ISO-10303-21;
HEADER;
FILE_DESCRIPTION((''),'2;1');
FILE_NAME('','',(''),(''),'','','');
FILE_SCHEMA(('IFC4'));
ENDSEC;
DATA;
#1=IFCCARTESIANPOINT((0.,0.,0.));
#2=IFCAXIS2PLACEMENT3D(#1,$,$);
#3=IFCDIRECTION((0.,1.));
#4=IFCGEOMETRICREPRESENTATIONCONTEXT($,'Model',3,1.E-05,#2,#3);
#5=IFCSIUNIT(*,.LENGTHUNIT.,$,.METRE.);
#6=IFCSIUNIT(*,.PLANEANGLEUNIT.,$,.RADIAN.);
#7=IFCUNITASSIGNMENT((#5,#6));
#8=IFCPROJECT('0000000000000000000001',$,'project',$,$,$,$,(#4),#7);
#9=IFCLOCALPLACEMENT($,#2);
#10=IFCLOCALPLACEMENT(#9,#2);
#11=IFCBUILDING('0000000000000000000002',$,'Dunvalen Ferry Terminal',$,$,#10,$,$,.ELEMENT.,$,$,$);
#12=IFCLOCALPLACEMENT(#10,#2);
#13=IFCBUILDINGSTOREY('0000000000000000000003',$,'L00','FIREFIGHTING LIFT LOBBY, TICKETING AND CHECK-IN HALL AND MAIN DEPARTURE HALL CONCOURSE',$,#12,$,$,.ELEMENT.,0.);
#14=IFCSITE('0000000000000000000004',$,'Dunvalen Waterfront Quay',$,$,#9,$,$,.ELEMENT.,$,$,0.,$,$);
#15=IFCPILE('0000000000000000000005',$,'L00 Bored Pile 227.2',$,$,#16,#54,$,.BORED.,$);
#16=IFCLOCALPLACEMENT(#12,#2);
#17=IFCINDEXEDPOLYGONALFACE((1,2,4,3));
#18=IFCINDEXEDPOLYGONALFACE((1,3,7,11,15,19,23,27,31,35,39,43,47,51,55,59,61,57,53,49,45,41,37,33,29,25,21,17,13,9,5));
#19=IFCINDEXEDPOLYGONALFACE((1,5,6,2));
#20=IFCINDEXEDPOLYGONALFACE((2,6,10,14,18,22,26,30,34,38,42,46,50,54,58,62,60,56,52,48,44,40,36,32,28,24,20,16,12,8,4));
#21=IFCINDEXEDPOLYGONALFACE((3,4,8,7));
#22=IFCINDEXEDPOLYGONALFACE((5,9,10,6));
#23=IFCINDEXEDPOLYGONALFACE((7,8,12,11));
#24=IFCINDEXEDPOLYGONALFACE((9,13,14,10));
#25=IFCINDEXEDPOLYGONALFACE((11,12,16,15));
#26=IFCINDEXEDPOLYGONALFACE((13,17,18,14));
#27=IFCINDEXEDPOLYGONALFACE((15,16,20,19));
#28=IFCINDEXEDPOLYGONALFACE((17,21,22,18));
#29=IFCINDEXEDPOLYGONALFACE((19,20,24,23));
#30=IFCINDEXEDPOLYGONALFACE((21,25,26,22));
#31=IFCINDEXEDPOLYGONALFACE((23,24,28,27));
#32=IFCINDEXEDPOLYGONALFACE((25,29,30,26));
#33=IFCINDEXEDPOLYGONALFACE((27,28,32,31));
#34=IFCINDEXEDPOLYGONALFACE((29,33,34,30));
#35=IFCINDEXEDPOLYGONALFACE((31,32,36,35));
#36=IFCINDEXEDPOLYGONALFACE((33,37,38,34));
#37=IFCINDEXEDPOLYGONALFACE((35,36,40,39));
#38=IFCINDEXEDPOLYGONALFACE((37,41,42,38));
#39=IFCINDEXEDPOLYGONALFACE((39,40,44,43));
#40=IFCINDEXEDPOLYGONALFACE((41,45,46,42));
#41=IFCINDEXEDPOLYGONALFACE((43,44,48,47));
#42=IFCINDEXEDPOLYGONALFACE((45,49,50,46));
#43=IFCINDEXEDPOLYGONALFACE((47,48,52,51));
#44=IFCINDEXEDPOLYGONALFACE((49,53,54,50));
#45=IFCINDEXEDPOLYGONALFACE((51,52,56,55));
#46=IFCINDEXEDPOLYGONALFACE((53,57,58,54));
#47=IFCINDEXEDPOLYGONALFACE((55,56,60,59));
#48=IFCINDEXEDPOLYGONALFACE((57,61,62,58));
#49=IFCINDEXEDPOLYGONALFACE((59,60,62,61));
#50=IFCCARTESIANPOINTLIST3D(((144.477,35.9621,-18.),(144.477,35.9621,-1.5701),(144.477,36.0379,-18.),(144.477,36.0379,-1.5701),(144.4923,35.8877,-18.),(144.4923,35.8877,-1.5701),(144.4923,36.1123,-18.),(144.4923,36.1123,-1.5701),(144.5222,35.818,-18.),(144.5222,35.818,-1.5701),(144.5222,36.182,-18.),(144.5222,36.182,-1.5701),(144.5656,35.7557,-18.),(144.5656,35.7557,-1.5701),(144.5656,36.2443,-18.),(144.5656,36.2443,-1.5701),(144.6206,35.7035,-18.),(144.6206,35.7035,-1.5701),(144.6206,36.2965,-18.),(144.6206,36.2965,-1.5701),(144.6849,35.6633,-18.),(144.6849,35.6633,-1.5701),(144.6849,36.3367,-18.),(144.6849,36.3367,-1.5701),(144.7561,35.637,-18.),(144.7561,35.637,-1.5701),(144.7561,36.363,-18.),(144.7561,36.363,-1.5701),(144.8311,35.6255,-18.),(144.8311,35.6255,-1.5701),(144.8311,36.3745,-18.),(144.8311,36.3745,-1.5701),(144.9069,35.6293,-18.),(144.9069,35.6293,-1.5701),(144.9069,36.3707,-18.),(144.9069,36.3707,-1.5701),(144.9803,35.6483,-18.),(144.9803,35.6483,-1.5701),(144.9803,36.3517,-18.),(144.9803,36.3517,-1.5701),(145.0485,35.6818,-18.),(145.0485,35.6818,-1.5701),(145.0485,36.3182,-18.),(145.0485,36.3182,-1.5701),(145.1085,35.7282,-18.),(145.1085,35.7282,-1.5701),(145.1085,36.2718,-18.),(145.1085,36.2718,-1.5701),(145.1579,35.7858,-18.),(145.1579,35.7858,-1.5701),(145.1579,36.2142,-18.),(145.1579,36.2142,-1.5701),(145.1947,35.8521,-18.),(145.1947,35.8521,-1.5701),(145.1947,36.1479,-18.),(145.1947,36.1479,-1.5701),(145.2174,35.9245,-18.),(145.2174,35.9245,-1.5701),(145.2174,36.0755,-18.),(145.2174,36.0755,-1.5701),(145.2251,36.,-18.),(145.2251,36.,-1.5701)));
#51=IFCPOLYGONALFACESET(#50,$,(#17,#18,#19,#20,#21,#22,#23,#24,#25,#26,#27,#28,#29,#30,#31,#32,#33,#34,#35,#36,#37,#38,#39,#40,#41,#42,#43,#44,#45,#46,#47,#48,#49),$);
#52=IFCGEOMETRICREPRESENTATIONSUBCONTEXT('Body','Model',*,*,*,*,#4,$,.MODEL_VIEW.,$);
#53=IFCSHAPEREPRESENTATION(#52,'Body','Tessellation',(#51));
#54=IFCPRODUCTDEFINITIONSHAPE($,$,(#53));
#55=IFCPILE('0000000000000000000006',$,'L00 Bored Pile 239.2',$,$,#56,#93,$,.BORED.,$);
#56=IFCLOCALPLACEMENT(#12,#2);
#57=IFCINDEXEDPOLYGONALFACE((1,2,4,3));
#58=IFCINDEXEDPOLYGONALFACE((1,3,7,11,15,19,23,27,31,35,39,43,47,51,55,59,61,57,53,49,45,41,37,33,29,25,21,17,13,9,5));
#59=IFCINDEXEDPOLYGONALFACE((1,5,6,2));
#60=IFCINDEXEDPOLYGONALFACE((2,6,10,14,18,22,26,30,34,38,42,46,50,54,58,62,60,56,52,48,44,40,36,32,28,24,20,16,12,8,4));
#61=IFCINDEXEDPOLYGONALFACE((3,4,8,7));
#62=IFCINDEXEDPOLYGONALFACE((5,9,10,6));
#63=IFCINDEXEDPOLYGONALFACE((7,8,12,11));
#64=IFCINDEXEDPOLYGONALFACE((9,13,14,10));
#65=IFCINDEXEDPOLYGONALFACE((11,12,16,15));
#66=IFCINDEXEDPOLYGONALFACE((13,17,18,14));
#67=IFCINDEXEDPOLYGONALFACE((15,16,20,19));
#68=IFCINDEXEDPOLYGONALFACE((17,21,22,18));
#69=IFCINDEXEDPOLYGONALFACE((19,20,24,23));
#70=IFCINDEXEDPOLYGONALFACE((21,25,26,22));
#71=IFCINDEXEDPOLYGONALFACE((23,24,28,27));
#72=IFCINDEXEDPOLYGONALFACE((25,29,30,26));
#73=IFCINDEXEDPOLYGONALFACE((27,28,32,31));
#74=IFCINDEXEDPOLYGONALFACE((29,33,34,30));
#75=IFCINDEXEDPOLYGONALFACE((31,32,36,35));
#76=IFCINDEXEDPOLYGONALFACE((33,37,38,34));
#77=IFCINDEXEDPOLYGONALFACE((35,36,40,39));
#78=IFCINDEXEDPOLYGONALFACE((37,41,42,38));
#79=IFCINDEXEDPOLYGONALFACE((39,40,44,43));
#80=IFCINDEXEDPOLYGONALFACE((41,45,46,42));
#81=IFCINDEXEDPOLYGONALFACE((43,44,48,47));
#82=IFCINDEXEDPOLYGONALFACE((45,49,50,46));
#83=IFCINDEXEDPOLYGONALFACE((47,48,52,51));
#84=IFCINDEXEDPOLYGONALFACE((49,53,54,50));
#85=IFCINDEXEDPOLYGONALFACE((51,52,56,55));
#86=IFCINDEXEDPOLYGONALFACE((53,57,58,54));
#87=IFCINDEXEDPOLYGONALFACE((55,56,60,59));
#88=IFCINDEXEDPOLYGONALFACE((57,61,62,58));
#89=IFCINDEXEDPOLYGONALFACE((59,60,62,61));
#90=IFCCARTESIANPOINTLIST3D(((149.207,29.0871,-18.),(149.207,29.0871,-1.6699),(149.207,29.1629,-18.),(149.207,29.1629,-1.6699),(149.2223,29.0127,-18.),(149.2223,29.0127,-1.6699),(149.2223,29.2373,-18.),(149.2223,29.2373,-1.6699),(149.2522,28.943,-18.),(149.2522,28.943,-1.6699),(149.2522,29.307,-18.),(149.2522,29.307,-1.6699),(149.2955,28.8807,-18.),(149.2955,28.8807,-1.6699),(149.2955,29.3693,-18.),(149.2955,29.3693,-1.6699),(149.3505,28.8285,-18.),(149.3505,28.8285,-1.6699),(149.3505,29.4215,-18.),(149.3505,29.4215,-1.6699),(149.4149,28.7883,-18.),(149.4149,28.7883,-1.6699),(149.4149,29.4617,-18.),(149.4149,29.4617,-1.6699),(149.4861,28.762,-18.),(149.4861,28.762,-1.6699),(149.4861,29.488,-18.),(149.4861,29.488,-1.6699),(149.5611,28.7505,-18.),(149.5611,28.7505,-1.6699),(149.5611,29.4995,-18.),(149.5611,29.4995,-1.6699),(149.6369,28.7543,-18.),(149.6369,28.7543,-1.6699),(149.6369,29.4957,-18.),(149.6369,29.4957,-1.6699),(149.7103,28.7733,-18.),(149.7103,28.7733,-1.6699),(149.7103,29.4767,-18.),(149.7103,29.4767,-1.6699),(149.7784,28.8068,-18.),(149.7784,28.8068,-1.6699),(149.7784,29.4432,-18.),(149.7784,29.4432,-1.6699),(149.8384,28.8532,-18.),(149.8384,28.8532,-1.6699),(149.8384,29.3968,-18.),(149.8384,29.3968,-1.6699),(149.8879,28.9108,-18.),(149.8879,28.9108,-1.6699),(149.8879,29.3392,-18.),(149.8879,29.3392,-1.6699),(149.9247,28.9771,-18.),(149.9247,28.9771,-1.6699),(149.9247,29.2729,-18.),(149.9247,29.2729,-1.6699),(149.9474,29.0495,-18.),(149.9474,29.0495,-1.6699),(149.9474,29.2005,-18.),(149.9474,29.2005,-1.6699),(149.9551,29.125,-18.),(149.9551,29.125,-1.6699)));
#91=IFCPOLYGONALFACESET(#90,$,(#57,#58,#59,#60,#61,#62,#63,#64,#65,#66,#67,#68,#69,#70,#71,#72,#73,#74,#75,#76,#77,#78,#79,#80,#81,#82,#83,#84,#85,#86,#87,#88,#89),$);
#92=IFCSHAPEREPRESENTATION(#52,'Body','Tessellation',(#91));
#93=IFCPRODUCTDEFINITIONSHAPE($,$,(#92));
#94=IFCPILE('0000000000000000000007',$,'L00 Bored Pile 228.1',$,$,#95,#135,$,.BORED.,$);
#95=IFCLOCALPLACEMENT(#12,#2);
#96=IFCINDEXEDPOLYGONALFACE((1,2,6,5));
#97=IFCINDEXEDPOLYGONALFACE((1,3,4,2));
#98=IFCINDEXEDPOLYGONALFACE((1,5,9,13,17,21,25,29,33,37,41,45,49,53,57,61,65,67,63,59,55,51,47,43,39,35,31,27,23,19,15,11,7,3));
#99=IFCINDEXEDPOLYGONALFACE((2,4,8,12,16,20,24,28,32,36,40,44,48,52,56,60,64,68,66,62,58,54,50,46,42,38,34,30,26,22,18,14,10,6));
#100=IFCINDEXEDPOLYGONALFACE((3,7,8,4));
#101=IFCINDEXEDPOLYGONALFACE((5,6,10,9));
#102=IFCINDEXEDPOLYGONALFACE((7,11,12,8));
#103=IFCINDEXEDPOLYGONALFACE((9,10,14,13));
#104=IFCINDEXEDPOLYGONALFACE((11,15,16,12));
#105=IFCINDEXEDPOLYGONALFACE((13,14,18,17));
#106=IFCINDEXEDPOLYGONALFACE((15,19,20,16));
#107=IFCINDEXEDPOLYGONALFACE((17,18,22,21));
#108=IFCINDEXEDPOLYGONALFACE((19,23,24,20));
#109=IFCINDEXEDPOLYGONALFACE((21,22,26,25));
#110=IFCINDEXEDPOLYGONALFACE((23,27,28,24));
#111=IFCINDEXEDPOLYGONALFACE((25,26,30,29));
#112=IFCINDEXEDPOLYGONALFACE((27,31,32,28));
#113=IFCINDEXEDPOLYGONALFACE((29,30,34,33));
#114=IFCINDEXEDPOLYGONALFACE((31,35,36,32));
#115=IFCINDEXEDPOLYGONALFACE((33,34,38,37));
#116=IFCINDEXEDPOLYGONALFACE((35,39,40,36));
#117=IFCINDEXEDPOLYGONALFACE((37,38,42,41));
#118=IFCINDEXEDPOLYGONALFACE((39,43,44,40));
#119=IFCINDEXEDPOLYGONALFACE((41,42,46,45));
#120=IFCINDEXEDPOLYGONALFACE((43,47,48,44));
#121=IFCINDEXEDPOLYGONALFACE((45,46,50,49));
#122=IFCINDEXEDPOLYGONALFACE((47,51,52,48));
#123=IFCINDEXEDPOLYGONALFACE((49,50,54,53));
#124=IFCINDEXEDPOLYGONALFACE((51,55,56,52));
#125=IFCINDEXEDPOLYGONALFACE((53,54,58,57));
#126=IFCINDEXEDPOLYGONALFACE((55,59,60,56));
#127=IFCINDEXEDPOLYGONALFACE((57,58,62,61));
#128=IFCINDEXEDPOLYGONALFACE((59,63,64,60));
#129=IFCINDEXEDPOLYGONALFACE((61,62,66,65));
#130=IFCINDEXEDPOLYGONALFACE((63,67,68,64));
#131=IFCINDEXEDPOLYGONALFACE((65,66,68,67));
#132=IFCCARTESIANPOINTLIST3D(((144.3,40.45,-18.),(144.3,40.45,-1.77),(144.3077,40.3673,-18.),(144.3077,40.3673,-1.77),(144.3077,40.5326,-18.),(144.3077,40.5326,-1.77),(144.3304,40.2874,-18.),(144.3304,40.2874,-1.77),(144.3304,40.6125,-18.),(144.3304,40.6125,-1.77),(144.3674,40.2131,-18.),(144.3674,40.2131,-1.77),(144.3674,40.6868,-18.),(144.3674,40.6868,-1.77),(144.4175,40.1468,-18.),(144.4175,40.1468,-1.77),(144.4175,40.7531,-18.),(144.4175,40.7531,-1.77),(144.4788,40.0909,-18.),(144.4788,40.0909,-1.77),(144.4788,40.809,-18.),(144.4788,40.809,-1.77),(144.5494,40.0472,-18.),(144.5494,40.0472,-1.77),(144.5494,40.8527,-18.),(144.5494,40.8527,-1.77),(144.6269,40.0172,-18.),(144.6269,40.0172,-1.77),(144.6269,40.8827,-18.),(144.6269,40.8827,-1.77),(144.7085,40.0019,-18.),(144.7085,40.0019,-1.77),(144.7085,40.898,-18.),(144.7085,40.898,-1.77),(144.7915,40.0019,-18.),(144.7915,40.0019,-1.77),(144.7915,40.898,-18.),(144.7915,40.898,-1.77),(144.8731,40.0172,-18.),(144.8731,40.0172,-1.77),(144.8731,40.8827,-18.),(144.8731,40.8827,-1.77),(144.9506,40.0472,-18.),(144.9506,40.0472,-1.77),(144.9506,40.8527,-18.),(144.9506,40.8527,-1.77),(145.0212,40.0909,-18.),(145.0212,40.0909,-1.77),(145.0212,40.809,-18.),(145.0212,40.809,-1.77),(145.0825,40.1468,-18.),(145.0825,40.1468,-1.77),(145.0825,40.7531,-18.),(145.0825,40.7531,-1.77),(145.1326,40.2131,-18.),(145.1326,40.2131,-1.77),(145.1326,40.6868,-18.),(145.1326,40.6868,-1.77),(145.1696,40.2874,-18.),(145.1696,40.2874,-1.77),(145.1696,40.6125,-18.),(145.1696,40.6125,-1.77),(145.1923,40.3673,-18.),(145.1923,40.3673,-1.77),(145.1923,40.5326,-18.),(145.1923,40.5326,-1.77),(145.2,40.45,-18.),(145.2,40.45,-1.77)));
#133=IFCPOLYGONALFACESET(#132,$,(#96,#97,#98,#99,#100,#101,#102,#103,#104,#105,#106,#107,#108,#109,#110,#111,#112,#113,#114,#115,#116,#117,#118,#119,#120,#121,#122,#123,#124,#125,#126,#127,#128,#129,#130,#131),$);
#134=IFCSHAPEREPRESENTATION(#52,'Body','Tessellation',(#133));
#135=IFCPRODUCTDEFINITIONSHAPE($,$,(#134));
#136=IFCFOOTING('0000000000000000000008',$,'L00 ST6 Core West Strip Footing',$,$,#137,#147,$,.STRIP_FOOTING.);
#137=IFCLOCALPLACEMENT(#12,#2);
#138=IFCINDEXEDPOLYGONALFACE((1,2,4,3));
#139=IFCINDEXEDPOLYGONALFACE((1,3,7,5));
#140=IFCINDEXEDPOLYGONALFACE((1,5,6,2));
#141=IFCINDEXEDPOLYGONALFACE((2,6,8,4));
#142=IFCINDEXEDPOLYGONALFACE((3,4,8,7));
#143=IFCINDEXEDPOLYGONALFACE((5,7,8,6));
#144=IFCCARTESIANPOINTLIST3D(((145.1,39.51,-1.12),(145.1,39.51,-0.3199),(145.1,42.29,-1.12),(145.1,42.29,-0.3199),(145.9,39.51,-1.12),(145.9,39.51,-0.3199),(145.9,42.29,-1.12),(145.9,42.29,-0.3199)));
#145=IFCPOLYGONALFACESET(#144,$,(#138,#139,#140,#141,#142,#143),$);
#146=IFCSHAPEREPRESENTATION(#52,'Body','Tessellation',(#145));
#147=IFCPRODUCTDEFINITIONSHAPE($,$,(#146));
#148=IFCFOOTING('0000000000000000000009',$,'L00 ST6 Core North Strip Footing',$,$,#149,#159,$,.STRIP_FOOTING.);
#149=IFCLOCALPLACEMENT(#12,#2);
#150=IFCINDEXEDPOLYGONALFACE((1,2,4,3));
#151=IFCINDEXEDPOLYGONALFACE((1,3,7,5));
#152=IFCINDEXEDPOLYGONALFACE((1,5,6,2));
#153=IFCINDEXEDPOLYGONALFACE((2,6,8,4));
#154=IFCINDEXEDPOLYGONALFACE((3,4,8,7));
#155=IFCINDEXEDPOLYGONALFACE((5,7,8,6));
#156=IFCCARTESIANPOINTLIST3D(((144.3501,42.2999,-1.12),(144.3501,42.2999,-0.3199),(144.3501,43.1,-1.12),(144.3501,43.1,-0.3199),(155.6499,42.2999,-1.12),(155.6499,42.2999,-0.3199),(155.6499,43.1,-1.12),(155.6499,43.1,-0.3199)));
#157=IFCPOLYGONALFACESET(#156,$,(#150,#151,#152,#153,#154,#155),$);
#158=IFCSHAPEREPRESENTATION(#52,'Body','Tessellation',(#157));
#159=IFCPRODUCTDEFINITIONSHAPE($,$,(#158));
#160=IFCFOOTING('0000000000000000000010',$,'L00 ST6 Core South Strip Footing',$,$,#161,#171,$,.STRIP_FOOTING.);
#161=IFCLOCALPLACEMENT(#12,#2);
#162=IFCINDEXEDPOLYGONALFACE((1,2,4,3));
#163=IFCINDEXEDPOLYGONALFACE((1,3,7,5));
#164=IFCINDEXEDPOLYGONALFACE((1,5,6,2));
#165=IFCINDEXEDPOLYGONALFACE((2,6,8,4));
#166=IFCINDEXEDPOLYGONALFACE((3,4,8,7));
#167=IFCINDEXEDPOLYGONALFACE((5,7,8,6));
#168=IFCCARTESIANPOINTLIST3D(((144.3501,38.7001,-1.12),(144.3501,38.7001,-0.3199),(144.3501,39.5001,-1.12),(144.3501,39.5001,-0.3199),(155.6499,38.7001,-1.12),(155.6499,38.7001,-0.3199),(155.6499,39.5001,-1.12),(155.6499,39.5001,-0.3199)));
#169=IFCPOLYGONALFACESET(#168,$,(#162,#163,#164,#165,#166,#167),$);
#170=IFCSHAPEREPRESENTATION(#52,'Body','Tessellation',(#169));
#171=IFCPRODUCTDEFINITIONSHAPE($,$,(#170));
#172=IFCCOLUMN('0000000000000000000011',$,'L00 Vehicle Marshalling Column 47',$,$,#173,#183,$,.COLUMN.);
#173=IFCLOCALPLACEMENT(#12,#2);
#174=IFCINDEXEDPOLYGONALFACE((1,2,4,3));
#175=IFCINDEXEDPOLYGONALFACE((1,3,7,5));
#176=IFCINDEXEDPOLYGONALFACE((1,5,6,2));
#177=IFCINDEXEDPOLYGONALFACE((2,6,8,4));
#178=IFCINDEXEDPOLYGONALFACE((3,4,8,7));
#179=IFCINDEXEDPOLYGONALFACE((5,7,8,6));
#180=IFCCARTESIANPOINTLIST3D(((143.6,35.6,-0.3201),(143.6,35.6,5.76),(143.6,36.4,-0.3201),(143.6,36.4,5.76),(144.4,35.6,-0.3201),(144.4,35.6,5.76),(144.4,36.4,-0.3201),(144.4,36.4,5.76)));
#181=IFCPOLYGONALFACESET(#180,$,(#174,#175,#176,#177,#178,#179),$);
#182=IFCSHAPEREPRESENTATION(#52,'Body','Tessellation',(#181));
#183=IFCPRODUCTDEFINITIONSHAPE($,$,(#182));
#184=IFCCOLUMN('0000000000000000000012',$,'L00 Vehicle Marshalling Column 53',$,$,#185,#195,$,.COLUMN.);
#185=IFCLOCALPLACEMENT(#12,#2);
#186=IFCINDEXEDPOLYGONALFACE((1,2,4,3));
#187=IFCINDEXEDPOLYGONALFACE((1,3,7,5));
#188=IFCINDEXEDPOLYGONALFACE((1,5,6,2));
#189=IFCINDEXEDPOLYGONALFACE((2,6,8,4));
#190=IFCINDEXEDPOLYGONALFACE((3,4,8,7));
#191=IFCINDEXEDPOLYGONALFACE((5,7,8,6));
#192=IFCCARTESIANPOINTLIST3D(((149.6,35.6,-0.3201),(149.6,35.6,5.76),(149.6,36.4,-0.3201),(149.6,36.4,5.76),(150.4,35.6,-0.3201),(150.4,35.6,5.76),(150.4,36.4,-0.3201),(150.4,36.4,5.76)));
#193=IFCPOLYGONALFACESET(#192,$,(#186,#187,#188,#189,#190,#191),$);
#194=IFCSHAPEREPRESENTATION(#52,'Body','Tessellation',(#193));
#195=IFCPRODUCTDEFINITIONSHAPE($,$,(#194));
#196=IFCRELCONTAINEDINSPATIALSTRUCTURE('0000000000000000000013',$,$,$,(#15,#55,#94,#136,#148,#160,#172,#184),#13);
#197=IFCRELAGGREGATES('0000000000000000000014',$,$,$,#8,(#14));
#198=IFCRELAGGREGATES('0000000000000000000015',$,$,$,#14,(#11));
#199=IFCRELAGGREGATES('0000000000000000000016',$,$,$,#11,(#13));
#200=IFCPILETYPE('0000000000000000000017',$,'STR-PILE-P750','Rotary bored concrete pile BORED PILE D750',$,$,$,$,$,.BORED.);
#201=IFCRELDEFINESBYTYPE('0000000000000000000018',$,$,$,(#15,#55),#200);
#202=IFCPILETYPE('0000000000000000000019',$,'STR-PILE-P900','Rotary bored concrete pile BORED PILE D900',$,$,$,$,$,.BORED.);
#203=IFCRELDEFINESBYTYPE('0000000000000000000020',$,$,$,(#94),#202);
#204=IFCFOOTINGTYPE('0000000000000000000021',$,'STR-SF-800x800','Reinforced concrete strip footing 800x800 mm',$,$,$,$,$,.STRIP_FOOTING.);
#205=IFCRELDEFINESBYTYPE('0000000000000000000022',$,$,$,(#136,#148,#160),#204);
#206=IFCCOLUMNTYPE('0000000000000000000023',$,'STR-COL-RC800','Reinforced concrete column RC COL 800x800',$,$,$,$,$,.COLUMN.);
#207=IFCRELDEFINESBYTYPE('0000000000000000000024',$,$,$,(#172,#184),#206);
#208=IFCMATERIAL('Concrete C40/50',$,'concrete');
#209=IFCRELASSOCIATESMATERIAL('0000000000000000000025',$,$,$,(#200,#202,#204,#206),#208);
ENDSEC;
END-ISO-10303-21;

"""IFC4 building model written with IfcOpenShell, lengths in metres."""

from ifc_helpers import new_model, si_unit, direction, frame, origin, origin_2d, place, context, subcontext, project, spatial, rectangle, circle, extrude, material, material_profile, profile_set, type_object, element, save


model = new_model("IFC4")

# Units and contexts
model_context = context("Model", 3, precision=1e-05, world=origin(), true_north=direction((0.0, 1.0)))
body_context = subcontext(model_context, "Body", "Model", "MODEL_VIEW")
ifc_project = project(units=[si_unit("LENGTHUNIT", "METRE"), si_unit("PLANEANGLEUNIT", "RADIAN")], contexts=[model_context])

# Site, building, storey
site_placement = place(None, origin())
site = spatial("IfcSite", under=ifc_project, at=site_placement, Name="Dunvalen Waterfront Quay", CompositionType="ELEMENT", RefElevation=0.0)
building_placement = place(site_placement, origin())
building = spatial("IfcBuilding", under=site, at=building_placement, Name="Dunvalen Ferry Terminal", CompositionType="ELEMENT")
storey_placement = place(building_placement, origin())
storey = spatial("IfcBuildingStorey", under=building, at=storey_placement, Name="L00", Description="FIREFIGHTING LIFT LOBBY, TICKETING AND CHECK-IN HALL AND MAIN DEPARTURE HALL CONCOURSE", CompositionType="ELEMENT", Elevation=0.0)

# Shared definitions
ifc_material_1 = material(Name="Concrete C40/50", Category="concrete")

# Piles
ifc_material_profile_1 = material_profile(ifc_material_1, circle(Radius=0.375, at=origin_2d()), Name="Concrete C40/50")
ifc_profile_set_1 = profile_set([ifc_material_profile_1], Name="Concrete C40/50")
pile_type_1 = type_object("IfcPileType", Name="STR-PILE-P750", Description="Rotary bored concrete pile BORED PILE D750", PredefinedType="BORED", material=ifc_profile_set_1)
for number, where, z_axis, x_axis, name in (
    (1, (144.8501, 36.0, -1.5701), (0.0, 0.0, -1.0), (1.0, 0.0, 0.0), "L00 Bored Pile 227.2"),
):
    element("IfcPile", number, at=place(storey_placement, frame(where, z_axis=z_axis, x_axis=x_axis)), inside=storey, type_object=pile_type_1, Name=name, PredefinedType="BORED", context=body_context, shape_type="SweptSolid", body=[
        extrude(circle(Radius=0.375, at=origin_2d()), origin(), (0.0, 0.0, 1.0), 16.4299),
    ])
pile_1_placement = place(storey_placement, frame((149.5801, 29.125, -1.6699), z_axis=(0.0, 0.0, -1.0), x_axis=(1.0, 0.0, 0.0)))
element("IfcPile", 2, at=pile_1_placement, inside=storey, type_object=pile_type_1, Name="L00 Bored Pile 239.2", PredefinedType="BORED", context=body_context, shape_type="SweptSolid", body=[
    extrude(circle(Radius=0.375, at=origin_2d()), origin(), (0.0, 0.0, 1.0), 16.3301),
])
ifc_material_profile_2 = material_profile(ifc_material_1, circle(Radius=0.45, at=origin_2d()), Name="Concrete C40/50")
ifc_profile_set_2 = profile_set([ifc_material_profile_2], Name="Concrete C40/50")
pile_type_2 = type_object("IfcPileType", Name="STR-PILE-P900", Description="Rotary bored concrete pile BORED PILE D900", PredefinedType="BORED", material=ifc_profile_set_2)
pile_2_placement = place(storey_placement, frame((144.75, 40.45, -1.77), z_axis=(0.0, 0.0, -1.0), x_axis=(1.0, 0.0, 0.0)))
element("IfcPile", 3, at=pile_2_placement, inside=storey, type_object=pile_type_2, Name="L00 Bored Pile 228.1", PredefinedType="BORED", context=body_context, shape_type="SweptSolid", body=[
    extrude(circle(Radius=0.45, at=origin_2d()), origin(), (0.0, 0.0, 1.0), 16.23),
])

# Footings
ifc_material_profile_3 = material_profile(ifc_material_1, rectangle(XDim=0.8, YDim=0.8, at=origin_2d()), Name="Concrete C40/50")
ifc_profile_set_3 = profile_set([ifc_material_profile_3], Name="Concrete C40/50")
footing_type_1 = type_object("IfcFootingType", Name="STR-SF-800x800", Description="Reinforced concrete strip footing 800x800 mm", PredefinedType="STRIP_FOOTING", material=ifc_profile_set_3)
footing_1_placement = place(storey_placement, frame((145.5, 39.51, -0.72), z_axis=(0.0, 1.0, 0.0), x_axis=(-1.0, 0.0, 0.0)))
element("IfcFooting", 4, at=footing_1_placement, inside=storey, type_object=footing_type_1, Name="L00 ST6 Core West Strip Footing", PredefinedType="STRIP_FOOTING", context=body_context, shape_type="SweptSolid", body=[
    extrude(rectangle(XDim=0.8, YDim=0.8, at=origin_2d()), origin(), (0.0, 0.0, 1.0), 2.78),
])
for number, where, z_axis, x_axis, name in (
    (5, (144.3501, 42.7, -0.72), (1.0, 0.0, 0.0), (0.0, 1.0, 0.0), "L00 ST6 Core North Strip Footing"),
    (6, (144.3501, 39.1001, -0.72), (1.0, 0.0, 0.0), (0.0, 1.0, 0.0), "L00 ST6 Core South Strip Footing"),
):
    element("IfcFooting", number, at=place(storey_placement, frame(where, z_axis=z_axis, x_axis=x_axis)), inside=storey, type_object=footing_type_1, Name=name, PredefinedType="STRIP_FOOTING", context=body_context, shape_type="SweptSolid", body=[
        extrude(rectangle(XDim=0.8, YDim=0.8, at=origin_2d()), origin(), (0.0, 0.0, 1.0), 11.2998),
    ])

# Columns
ifc_material_profile_4 = material_profile(ifc_material_1, rectangle(XDim=0.8, YDim=0.8, at=origin_2d()), Name="Concrete C40/50")
ifc_profile_set_4 = profile_set([ifc_material_profile_4], Name="Concrete C40/50")
column_type = type_object("IfcColumnType", Name="STR-COL-RC800", Description="Reinforced concrete column RC COL 800x800", PredefinedType="COLUMN", material=ifc_profile_set_4)
for number, where, z_axis, x_axis, name in (
    (7, (144.0, 36.0, -0.3201), (0.0, 0.0, 1.0), (1.0, 0.0, 0.0), "L00 Vehicle Marshalling Column 47"),
    (8, (150.0, 36.0, -0.3201), (0.0, 0.0, 1.0), (1.0, 0.0, 0.0), "L00 Vehicle Marshalling Column 53"),
):
    element("IfcColumn", number, at=place(storey_placement, frame(where, z_axis=z_axis, x_axis=x_axis)), inside=storey, type_object=column_type, Name=name, PredefinedType="COLUMN", context=body_context, shape_type="SweptSolid", body=[
        extrude(rectangle(XDim=0.8, YDim=0.8, at=origin_2d()), origin(), (0.0, 0.0, 1.0), 6.0801),
    ])

save(model, "model.ifc")
